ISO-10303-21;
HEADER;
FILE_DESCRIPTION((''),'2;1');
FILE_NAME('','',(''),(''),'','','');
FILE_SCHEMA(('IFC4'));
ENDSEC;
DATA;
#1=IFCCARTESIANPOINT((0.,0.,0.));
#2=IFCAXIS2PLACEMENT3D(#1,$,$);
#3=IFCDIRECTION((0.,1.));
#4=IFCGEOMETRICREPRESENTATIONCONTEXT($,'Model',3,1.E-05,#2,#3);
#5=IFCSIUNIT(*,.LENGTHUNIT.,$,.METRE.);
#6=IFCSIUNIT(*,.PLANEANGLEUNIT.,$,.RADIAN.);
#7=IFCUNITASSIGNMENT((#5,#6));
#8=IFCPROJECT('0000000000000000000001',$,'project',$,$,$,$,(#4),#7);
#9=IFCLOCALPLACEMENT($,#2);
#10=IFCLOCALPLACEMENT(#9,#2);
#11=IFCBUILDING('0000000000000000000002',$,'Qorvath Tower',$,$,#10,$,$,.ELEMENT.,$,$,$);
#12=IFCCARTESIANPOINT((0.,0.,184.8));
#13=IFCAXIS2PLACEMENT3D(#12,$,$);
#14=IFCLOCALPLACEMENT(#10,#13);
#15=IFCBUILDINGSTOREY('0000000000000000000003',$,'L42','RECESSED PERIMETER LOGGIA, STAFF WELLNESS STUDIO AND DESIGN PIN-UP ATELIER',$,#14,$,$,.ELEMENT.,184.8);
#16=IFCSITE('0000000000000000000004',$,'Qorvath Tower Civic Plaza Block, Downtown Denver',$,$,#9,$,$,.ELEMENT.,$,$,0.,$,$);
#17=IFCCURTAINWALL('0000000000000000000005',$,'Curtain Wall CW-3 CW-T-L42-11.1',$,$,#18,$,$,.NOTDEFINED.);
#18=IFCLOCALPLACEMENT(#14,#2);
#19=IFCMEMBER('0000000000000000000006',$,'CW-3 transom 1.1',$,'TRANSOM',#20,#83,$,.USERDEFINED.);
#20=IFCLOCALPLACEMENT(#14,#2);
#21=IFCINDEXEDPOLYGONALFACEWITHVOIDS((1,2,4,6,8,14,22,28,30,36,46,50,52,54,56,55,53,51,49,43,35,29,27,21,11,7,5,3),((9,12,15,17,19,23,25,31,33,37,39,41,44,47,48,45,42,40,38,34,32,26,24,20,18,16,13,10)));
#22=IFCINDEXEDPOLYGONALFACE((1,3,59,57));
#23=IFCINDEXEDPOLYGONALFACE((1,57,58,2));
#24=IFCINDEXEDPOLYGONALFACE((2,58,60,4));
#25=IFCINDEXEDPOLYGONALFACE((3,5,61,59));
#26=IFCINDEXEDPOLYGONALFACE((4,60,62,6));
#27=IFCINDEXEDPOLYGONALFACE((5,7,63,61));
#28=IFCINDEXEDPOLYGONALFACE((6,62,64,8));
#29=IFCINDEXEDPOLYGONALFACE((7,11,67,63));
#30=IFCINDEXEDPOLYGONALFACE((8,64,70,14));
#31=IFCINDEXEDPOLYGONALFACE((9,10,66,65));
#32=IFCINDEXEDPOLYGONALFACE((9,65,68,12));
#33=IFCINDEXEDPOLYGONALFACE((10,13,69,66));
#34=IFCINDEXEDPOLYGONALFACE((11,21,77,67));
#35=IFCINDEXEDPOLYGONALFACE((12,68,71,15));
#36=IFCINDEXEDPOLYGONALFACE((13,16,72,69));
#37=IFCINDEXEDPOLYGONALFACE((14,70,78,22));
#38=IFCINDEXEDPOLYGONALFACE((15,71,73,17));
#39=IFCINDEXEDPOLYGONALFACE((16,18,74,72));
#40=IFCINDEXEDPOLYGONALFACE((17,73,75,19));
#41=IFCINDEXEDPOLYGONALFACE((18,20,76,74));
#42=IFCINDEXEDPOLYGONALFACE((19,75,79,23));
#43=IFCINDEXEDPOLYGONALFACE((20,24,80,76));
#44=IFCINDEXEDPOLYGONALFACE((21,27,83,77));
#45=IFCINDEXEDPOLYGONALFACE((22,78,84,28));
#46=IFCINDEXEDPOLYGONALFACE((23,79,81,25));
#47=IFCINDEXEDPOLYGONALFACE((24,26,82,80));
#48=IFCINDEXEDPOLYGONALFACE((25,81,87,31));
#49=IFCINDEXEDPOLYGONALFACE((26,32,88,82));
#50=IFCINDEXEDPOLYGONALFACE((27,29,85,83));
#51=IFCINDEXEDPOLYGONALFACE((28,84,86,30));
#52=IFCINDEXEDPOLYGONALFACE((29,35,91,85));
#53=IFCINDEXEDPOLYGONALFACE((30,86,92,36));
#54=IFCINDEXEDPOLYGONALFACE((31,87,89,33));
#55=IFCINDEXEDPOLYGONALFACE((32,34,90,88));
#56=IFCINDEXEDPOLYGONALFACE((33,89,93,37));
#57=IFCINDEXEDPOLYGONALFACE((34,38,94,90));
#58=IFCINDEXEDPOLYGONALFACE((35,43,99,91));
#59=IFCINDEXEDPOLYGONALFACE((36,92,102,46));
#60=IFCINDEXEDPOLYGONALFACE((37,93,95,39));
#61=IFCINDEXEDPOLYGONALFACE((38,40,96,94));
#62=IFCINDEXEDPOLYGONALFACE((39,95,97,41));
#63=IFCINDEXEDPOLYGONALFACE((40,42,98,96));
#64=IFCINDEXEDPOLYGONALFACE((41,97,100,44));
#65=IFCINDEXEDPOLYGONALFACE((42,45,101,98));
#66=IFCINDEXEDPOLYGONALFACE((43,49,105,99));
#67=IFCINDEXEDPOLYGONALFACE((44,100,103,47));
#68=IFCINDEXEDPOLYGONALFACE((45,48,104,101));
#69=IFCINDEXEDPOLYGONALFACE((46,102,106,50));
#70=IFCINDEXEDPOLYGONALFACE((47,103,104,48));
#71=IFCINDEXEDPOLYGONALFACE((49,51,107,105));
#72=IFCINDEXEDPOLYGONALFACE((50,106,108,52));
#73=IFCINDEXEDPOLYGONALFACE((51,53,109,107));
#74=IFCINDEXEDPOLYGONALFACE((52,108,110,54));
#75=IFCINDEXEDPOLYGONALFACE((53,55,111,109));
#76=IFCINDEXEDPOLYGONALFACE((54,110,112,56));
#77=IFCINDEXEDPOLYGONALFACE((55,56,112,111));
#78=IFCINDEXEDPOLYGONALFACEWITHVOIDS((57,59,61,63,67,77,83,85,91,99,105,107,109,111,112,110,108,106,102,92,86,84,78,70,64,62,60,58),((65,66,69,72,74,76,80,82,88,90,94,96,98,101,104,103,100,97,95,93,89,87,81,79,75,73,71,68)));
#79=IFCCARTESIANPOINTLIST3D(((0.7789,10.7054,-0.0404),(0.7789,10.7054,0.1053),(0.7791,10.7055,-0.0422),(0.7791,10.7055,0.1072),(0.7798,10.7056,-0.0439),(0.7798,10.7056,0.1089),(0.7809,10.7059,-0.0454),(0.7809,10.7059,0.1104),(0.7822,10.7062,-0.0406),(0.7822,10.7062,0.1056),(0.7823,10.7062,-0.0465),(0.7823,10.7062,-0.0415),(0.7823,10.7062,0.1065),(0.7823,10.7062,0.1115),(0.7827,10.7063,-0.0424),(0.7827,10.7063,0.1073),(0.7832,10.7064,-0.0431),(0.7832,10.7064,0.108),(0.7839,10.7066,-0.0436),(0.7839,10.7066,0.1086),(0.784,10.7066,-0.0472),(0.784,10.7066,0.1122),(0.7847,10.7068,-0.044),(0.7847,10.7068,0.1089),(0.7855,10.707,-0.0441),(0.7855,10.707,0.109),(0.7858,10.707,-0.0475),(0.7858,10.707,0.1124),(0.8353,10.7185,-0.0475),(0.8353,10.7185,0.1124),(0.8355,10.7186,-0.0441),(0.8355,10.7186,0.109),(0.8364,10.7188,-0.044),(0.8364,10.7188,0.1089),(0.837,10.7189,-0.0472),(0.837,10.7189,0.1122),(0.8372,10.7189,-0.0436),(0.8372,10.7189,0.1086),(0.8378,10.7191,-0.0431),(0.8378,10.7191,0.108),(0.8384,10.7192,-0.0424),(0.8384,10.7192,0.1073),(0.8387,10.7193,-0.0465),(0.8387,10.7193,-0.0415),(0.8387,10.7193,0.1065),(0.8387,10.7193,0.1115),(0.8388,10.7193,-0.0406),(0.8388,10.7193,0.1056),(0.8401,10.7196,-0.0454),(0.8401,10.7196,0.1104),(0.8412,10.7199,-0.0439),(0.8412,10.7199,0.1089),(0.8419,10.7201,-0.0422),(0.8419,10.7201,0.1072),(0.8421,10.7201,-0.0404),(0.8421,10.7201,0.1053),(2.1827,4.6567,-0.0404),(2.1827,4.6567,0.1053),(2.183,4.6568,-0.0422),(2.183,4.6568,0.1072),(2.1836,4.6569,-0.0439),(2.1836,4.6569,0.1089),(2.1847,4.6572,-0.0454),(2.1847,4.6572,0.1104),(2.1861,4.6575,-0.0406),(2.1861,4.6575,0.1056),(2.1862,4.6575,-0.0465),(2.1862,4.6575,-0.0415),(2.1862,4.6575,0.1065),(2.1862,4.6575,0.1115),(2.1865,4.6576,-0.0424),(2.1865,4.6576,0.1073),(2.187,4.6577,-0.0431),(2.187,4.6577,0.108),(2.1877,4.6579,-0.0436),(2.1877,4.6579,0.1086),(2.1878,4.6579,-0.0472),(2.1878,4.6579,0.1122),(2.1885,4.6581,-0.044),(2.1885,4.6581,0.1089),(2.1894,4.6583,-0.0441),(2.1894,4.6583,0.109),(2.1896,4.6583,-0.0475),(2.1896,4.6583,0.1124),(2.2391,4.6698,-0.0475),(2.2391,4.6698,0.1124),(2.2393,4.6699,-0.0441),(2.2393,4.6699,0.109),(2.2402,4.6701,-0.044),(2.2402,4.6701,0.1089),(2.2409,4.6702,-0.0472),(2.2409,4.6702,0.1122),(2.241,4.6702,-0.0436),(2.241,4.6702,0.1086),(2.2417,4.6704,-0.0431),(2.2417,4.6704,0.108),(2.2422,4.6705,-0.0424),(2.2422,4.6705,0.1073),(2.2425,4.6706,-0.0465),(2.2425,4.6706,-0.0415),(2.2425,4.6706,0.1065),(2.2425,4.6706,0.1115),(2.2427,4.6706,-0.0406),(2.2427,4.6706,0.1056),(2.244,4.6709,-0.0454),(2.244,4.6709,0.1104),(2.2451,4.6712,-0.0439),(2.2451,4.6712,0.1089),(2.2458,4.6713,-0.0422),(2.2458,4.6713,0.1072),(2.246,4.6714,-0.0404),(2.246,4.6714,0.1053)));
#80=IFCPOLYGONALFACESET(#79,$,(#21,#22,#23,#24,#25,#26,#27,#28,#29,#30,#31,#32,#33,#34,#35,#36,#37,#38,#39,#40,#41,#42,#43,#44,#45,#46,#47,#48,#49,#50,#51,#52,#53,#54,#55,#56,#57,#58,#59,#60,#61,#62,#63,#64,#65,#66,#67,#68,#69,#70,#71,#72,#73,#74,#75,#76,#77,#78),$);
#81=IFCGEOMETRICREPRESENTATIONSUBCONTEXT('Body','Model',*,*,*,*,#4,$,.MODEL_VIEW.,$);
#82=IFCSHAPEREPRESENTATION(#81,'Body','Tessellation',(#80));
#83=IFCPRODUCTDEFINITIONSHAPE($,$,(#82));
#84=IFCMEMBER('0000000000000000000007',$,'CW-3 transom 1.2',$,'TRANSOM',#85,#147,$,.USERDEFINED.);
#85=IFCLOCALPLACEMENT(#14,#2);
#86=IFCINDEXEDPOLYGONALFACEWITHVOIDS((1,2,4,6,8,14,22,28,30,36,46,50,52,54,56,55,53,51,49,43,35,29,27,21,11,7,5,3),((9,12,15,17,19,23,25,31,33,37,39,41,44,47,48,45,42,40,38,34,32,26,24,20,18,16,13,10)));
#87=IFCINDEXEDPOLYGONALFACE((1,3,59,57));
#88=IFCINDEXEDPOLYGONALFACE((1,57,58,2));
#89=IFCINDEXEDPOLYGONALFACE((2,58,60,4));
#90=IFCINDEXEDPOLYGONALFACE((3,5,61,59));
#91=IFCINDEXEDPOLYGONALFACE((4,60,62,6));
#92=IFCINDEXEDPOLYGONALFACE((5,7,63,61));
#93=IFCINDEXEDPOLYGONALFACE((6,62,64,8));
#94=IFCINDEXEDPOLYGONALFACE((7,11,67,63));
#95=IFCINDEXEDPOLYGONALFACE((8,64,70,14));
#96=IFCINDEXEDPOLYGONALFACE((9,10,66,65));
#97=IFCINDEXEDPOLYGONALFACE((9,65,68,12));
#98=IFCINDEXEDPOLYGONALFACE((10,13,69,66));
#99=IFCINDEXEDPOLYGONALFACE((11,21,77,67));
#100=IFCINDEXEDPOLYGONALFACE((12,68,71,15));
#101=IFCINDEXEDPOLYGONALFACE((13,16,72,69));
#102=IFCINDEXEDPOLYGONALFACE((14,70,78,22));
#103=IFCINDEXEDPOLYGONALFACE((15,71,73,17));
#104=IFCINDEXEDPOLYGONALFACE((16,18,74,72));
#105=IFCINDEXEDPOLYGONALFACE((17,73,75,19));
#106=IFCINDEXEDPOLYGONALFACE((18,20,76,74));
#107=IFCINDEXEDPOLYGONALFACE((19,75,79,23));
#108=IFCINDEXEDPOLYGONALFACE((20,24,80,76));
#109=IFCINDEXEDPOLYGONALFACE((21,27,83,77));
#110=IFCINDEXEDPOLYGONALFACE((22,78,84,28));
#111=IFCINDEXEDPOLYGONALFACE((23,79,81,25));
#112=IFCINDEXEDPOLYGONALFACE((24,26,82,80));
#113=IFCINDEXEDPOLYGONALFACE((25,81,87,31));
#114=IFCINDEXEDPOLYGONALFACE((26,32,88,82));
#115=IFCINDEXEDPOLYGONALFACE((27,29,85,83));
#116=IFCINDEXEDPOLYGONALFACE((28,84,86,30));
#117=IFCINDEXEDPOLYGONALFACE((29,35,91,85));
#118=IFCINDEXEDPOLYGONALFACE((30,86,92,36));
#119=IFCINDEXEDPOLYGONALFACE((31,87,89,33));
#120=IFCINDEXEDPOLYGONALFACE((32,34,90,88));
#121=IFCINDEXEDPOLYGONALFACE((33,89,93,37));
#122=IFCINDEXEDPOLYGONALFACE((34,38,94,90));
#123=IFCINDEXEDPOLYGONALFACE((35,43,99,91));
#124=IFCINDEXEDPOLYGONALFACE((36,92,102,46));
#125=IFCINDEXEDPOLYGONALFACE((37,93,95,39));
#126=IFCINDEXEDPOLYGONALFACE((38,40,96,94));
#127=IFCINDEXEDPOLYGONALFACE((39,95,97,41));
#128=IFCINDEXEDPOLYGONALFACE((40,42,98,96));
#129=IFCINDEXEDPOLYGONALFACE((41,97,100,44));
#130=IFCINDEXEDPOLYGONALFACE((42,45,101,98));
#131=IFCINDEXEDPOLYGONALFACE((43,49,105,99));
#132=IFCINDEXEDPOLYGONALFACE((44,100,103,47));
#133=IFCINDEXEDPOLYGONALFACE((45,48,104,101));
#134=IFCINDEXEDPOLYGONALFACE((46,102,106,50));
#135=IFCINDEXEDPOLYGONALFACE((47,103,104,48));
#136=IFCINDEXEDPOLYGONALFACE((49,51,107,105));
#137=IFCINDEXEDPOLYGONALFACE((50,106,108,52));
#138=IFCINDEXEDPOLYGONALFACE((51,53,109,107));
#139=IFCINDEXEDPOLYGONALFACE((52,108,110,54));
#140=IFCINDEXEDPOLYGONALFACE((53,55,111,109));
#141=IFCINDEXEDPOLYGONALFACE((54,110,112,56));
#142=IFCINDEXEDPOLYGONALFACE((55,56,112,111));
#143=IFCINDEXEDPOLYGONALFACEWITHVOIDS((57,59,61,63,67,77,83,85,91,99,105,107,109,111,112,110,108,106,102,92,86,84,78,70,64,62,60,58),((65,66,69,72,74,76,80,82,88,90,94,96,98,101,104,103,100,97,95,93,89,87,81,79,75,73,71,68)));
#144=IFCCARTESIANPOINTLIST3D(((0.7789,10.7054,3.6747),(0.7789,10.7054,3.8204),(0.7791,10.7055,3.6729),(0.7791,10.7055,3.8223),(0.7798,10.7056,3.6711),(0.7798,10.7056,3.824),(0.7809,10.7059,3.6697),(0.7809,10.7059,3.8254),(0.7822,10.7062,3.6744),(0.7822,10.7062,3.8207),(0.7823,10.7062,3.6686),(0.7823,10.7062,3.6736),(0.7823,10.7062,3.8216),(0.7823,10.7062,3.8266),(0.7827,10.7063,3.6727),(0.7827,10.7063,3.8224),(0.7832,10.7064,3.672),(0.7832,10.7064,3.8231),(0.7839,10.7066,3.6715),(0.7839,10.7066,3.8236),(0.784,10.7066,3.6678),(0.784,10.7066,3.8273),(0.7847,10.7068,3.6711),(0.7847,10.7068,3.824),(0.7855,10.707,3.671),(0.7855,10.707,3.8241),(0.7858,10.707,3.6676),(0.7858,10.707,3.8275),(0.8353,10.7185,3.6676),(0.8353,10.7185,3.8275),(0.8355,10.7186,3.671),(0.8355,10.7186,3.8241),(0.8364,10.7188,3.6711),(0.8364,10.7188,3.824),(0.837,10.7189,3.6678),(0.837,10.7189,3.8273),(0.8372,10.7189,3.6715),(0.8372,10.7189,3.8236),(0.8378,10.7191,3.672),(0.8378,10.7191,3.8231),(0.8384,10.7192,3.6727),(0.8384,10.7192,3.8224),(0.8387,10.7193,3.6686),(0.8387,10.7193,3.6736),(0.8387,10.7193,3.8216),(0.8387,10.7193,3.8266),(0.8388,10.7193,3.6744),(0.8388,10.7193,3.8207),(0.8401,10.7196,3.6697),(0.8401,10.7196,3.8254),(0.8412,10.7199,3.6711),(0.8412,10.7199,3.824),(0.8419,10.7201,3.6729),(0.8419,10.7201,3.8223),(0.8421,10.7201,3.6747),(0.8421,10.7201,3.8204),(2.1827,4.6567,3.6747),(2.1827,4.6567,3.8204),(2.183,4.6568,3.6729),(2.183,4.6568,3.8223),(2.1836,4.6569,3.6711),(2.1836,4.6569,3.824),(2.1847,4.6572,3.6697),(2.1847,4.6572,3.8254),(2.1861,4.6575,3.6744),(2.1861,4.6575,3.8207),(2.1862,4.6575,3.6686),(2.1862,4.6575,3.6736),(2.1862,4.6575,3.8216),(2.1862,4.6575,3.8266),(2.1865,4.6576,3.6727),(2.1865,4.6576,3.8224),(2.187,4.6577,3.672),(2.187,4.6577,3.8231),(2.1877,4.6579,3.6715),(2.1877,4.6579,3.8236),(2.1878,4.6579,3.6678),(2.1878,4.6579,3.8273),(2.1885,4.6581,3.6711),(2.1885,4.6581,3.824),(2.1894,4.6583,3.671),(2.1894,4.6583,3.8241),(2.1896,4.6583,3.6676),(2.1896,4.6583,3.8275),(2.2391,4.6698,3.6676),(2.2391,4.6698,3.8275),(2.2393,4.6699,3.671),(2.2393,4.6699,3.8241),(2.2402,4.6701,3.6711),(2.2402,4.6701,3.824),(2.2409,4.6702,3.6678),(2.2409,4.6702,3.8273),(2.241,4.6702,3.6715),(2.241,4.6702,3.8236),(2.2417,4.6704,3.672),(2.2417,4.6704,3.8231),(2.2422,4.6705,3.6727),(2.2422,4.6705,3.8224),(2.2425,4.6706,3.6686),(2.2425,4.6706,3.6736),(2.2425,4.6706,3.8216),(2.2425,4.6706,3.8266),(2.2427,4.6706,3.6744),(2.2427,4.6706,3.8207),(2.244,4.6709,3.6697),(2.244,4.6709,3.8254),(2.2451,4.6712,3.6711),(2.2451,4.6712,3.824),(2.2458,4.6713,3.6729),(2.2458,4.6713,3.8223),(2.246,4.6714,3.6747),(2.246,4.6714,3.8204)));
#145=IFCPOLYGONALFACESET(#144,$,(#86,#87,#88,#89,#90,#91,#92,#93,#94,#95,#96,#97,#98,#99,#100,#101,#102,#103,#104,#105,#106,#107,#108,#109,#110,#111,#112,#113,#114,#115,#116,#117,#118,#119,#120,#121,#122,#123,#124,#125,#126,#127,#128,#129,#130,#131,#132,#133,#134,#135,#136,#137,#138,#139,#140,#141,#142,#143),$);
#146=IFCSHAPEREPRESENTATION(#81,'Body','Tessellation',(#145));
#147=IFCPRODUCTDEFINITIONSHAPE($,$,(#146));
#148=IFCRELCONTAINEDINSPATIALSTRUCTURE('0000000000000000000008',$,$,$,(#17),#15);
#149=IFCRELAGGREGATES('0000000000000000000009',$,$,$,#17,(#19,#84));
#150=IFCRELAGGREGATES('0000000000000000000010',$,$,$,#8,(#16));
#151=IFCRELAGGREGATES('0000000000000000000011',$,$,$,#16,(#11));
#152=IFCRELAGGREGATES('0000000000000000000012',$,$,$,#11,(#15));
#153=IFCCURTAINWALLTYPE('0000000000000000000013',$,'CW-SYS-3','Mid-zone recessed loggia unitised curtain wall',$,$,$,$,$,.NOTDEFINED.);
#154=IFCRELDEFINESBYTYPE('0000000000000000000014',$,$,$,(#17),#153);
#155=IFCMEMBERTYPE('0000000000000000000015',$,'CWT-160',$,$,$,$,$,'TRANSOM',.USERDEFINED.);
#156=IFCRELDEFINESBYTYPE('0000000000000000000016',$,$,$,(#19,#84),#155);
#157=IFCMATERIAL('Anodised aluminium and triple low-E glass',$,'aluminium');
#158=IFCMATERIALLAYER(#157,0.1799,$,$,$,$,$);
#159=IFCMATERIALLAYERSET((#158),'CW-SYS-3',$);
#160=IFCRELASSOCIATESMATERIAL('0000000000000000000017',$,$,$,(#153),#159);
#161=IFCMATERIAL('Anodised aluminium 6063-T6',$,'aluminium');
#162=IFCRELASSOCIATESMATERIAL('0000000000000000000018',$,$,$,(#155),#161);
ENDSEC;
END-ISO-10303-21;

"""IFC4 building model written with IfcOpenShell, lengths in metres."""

from ifc_helpers import new_model, si_unit, direction, frame, origin, origin_2d, place, context, subcontext, project, spatial, hollow_rectangle, extrude, material, layer, layer_set, material_profile, profile_set, type_object, element, aggregate, save


model = new_model("IFC4")

# Units and contexts
model_context = context("Model", 3, precision=1e-05, world=origin(), true_north=direction((0.0, 1.0)))
body_context = subcontext(model_context, "Body", "Model", "MODEL_VIEW")
ifc_project = project(units=[si_unit("LENGTHUNIT", "METRE"), si_unit("PLANEANGLEUNIT", "RADIAN")], contexts=[model_context])

# Site, building, storey
site_placement = place(None, origin())
site = spatial("IfcSite", under=ifc_project, at=site_placement, Name="Qorvath Tower Civic Plaza Block, Downtown Denver", CompositionType="ELEMENT", RefElevation=0.0)
building_placement = place(site_placement, origin())
building = spatial("IfcBuilding", under=site, at=building_placement, Name="Qorvath Tower", CompositionType="ELEMENT")
storey_placement = place(building_placement, frame((0.0, 0.0, 184.8)))
storey = spatial("IfcBuildingStorey", under=building, at=storey_placement, Name="L42", Description="RECESSED PERIMETER LOGGIA, STAFF WELLNESS STUDIO AND DESIGN PIN-UP ATELIER", CompositionType="ELEMENT", Elevation=184.8)

# Shared definitions
ifc_material_1 = material(Name="Anodised aluminium and triple low-E glass", Category="aluminium")
ifc_layer_1 = layer(ifc_material_1, 0.1799)
ifc_layer_set_1 = layer_set([ifc_layer_1], Name="CW-SYS-3")
curtain_wall_type = type_object("IfcCurtainWallType", Name="CW-SYS-3", Description="Mid-zone recessed loggia unitised curtain wall", PredefinedType="NOTDEFINED", material=ifc_layer_set_1)

# Curtain wall
curtain_wall_1_placement = place(storey_placement, origin())
curtain_wall_1 = element("IfcCurtainWall", 1, at=curtain_wall_1_placement, inside=storey, type_object=curtain_wall_type, Name="Curtain Wall CW-3 CW-T-L42-11.1", PredefinedType="NOTDEFINED")

# Members
ifc_material_2 = material(Name="Anodised aluminium 6063-T6", Category="aluminium")
ifc_material_profile_1 = material_profile(ifc_material_2, hollow_rectangle(XDim=0.0649, YDim=0.1599, WallThickness=0.0034, InnerFilletRadius=0.0034, OuterFilletRadius=0.0071, at=origin_2d()), Name="CWT 160x65")
ifc_profile_set_1 = profile_set([ifc_material_profile_1], Name="Anodised aluminium 6063-T6")
member_type_1 = type_object("IfcMemberType", Name="CWT-160", ElementType="TRANSOM", PredefinedType="USERDEFINED", material=ifc_profile_set_1)
member_1_placement = place(storey_placement, frame((2.2144, 4.6641, 0.0325), z_axis=(-0.22608, 0.974109, 0.0), x_axis=(-0.974109, -0.22608, 0.0)))
member_1 = element("IfcMember", 2, at=member_1_placement, type_object=member_type_1, Name="CW-3 transom 1.1", ObjectType="TRANSOM", PredefinedType="USERDEFINED", context=body_context, shape_type="SweptSolid", body=[
    extrude(hollow_rectangle(XDim=0.0649, YDim=0.1599, WallThickness=0.0034, InnerFilletRadius=0.0034, OuterFilletRadius=0.0071, at=origin_2d()), origin(), (0.0, 0.0, 1.0), 6.2095),
])
member_2_placement = place(storey_placement, frame((2.2144, 4.6641, 3.7476), z_axis=(-0.22608, 0.974109, 0.0), x_axis=(-0.974109, -0.22608, 0.0)))
member_2 = element("IfcMember", 3, at=member_2_placement, type_object=member_type_1, Name="CW-3 transom 1.2", ObjectType="TRANSOM", PredefinedType="USERDEFINED", context=body_context, shape_type="SweptSolid", body=[
    extrude(hollow_rectangle(XDim=0.0649, YDim=0.1599, WallThickness=0.0034, InnerFilletRadius=0.0034, OuterFilletRadius=0.0071, at=origin_2d()), origin(), (0.0, 0.0, 1.0), 6.2095),
])

aggregate(curtain_wall_1, [member_1, member_2])

save(model, "model.ifc")
